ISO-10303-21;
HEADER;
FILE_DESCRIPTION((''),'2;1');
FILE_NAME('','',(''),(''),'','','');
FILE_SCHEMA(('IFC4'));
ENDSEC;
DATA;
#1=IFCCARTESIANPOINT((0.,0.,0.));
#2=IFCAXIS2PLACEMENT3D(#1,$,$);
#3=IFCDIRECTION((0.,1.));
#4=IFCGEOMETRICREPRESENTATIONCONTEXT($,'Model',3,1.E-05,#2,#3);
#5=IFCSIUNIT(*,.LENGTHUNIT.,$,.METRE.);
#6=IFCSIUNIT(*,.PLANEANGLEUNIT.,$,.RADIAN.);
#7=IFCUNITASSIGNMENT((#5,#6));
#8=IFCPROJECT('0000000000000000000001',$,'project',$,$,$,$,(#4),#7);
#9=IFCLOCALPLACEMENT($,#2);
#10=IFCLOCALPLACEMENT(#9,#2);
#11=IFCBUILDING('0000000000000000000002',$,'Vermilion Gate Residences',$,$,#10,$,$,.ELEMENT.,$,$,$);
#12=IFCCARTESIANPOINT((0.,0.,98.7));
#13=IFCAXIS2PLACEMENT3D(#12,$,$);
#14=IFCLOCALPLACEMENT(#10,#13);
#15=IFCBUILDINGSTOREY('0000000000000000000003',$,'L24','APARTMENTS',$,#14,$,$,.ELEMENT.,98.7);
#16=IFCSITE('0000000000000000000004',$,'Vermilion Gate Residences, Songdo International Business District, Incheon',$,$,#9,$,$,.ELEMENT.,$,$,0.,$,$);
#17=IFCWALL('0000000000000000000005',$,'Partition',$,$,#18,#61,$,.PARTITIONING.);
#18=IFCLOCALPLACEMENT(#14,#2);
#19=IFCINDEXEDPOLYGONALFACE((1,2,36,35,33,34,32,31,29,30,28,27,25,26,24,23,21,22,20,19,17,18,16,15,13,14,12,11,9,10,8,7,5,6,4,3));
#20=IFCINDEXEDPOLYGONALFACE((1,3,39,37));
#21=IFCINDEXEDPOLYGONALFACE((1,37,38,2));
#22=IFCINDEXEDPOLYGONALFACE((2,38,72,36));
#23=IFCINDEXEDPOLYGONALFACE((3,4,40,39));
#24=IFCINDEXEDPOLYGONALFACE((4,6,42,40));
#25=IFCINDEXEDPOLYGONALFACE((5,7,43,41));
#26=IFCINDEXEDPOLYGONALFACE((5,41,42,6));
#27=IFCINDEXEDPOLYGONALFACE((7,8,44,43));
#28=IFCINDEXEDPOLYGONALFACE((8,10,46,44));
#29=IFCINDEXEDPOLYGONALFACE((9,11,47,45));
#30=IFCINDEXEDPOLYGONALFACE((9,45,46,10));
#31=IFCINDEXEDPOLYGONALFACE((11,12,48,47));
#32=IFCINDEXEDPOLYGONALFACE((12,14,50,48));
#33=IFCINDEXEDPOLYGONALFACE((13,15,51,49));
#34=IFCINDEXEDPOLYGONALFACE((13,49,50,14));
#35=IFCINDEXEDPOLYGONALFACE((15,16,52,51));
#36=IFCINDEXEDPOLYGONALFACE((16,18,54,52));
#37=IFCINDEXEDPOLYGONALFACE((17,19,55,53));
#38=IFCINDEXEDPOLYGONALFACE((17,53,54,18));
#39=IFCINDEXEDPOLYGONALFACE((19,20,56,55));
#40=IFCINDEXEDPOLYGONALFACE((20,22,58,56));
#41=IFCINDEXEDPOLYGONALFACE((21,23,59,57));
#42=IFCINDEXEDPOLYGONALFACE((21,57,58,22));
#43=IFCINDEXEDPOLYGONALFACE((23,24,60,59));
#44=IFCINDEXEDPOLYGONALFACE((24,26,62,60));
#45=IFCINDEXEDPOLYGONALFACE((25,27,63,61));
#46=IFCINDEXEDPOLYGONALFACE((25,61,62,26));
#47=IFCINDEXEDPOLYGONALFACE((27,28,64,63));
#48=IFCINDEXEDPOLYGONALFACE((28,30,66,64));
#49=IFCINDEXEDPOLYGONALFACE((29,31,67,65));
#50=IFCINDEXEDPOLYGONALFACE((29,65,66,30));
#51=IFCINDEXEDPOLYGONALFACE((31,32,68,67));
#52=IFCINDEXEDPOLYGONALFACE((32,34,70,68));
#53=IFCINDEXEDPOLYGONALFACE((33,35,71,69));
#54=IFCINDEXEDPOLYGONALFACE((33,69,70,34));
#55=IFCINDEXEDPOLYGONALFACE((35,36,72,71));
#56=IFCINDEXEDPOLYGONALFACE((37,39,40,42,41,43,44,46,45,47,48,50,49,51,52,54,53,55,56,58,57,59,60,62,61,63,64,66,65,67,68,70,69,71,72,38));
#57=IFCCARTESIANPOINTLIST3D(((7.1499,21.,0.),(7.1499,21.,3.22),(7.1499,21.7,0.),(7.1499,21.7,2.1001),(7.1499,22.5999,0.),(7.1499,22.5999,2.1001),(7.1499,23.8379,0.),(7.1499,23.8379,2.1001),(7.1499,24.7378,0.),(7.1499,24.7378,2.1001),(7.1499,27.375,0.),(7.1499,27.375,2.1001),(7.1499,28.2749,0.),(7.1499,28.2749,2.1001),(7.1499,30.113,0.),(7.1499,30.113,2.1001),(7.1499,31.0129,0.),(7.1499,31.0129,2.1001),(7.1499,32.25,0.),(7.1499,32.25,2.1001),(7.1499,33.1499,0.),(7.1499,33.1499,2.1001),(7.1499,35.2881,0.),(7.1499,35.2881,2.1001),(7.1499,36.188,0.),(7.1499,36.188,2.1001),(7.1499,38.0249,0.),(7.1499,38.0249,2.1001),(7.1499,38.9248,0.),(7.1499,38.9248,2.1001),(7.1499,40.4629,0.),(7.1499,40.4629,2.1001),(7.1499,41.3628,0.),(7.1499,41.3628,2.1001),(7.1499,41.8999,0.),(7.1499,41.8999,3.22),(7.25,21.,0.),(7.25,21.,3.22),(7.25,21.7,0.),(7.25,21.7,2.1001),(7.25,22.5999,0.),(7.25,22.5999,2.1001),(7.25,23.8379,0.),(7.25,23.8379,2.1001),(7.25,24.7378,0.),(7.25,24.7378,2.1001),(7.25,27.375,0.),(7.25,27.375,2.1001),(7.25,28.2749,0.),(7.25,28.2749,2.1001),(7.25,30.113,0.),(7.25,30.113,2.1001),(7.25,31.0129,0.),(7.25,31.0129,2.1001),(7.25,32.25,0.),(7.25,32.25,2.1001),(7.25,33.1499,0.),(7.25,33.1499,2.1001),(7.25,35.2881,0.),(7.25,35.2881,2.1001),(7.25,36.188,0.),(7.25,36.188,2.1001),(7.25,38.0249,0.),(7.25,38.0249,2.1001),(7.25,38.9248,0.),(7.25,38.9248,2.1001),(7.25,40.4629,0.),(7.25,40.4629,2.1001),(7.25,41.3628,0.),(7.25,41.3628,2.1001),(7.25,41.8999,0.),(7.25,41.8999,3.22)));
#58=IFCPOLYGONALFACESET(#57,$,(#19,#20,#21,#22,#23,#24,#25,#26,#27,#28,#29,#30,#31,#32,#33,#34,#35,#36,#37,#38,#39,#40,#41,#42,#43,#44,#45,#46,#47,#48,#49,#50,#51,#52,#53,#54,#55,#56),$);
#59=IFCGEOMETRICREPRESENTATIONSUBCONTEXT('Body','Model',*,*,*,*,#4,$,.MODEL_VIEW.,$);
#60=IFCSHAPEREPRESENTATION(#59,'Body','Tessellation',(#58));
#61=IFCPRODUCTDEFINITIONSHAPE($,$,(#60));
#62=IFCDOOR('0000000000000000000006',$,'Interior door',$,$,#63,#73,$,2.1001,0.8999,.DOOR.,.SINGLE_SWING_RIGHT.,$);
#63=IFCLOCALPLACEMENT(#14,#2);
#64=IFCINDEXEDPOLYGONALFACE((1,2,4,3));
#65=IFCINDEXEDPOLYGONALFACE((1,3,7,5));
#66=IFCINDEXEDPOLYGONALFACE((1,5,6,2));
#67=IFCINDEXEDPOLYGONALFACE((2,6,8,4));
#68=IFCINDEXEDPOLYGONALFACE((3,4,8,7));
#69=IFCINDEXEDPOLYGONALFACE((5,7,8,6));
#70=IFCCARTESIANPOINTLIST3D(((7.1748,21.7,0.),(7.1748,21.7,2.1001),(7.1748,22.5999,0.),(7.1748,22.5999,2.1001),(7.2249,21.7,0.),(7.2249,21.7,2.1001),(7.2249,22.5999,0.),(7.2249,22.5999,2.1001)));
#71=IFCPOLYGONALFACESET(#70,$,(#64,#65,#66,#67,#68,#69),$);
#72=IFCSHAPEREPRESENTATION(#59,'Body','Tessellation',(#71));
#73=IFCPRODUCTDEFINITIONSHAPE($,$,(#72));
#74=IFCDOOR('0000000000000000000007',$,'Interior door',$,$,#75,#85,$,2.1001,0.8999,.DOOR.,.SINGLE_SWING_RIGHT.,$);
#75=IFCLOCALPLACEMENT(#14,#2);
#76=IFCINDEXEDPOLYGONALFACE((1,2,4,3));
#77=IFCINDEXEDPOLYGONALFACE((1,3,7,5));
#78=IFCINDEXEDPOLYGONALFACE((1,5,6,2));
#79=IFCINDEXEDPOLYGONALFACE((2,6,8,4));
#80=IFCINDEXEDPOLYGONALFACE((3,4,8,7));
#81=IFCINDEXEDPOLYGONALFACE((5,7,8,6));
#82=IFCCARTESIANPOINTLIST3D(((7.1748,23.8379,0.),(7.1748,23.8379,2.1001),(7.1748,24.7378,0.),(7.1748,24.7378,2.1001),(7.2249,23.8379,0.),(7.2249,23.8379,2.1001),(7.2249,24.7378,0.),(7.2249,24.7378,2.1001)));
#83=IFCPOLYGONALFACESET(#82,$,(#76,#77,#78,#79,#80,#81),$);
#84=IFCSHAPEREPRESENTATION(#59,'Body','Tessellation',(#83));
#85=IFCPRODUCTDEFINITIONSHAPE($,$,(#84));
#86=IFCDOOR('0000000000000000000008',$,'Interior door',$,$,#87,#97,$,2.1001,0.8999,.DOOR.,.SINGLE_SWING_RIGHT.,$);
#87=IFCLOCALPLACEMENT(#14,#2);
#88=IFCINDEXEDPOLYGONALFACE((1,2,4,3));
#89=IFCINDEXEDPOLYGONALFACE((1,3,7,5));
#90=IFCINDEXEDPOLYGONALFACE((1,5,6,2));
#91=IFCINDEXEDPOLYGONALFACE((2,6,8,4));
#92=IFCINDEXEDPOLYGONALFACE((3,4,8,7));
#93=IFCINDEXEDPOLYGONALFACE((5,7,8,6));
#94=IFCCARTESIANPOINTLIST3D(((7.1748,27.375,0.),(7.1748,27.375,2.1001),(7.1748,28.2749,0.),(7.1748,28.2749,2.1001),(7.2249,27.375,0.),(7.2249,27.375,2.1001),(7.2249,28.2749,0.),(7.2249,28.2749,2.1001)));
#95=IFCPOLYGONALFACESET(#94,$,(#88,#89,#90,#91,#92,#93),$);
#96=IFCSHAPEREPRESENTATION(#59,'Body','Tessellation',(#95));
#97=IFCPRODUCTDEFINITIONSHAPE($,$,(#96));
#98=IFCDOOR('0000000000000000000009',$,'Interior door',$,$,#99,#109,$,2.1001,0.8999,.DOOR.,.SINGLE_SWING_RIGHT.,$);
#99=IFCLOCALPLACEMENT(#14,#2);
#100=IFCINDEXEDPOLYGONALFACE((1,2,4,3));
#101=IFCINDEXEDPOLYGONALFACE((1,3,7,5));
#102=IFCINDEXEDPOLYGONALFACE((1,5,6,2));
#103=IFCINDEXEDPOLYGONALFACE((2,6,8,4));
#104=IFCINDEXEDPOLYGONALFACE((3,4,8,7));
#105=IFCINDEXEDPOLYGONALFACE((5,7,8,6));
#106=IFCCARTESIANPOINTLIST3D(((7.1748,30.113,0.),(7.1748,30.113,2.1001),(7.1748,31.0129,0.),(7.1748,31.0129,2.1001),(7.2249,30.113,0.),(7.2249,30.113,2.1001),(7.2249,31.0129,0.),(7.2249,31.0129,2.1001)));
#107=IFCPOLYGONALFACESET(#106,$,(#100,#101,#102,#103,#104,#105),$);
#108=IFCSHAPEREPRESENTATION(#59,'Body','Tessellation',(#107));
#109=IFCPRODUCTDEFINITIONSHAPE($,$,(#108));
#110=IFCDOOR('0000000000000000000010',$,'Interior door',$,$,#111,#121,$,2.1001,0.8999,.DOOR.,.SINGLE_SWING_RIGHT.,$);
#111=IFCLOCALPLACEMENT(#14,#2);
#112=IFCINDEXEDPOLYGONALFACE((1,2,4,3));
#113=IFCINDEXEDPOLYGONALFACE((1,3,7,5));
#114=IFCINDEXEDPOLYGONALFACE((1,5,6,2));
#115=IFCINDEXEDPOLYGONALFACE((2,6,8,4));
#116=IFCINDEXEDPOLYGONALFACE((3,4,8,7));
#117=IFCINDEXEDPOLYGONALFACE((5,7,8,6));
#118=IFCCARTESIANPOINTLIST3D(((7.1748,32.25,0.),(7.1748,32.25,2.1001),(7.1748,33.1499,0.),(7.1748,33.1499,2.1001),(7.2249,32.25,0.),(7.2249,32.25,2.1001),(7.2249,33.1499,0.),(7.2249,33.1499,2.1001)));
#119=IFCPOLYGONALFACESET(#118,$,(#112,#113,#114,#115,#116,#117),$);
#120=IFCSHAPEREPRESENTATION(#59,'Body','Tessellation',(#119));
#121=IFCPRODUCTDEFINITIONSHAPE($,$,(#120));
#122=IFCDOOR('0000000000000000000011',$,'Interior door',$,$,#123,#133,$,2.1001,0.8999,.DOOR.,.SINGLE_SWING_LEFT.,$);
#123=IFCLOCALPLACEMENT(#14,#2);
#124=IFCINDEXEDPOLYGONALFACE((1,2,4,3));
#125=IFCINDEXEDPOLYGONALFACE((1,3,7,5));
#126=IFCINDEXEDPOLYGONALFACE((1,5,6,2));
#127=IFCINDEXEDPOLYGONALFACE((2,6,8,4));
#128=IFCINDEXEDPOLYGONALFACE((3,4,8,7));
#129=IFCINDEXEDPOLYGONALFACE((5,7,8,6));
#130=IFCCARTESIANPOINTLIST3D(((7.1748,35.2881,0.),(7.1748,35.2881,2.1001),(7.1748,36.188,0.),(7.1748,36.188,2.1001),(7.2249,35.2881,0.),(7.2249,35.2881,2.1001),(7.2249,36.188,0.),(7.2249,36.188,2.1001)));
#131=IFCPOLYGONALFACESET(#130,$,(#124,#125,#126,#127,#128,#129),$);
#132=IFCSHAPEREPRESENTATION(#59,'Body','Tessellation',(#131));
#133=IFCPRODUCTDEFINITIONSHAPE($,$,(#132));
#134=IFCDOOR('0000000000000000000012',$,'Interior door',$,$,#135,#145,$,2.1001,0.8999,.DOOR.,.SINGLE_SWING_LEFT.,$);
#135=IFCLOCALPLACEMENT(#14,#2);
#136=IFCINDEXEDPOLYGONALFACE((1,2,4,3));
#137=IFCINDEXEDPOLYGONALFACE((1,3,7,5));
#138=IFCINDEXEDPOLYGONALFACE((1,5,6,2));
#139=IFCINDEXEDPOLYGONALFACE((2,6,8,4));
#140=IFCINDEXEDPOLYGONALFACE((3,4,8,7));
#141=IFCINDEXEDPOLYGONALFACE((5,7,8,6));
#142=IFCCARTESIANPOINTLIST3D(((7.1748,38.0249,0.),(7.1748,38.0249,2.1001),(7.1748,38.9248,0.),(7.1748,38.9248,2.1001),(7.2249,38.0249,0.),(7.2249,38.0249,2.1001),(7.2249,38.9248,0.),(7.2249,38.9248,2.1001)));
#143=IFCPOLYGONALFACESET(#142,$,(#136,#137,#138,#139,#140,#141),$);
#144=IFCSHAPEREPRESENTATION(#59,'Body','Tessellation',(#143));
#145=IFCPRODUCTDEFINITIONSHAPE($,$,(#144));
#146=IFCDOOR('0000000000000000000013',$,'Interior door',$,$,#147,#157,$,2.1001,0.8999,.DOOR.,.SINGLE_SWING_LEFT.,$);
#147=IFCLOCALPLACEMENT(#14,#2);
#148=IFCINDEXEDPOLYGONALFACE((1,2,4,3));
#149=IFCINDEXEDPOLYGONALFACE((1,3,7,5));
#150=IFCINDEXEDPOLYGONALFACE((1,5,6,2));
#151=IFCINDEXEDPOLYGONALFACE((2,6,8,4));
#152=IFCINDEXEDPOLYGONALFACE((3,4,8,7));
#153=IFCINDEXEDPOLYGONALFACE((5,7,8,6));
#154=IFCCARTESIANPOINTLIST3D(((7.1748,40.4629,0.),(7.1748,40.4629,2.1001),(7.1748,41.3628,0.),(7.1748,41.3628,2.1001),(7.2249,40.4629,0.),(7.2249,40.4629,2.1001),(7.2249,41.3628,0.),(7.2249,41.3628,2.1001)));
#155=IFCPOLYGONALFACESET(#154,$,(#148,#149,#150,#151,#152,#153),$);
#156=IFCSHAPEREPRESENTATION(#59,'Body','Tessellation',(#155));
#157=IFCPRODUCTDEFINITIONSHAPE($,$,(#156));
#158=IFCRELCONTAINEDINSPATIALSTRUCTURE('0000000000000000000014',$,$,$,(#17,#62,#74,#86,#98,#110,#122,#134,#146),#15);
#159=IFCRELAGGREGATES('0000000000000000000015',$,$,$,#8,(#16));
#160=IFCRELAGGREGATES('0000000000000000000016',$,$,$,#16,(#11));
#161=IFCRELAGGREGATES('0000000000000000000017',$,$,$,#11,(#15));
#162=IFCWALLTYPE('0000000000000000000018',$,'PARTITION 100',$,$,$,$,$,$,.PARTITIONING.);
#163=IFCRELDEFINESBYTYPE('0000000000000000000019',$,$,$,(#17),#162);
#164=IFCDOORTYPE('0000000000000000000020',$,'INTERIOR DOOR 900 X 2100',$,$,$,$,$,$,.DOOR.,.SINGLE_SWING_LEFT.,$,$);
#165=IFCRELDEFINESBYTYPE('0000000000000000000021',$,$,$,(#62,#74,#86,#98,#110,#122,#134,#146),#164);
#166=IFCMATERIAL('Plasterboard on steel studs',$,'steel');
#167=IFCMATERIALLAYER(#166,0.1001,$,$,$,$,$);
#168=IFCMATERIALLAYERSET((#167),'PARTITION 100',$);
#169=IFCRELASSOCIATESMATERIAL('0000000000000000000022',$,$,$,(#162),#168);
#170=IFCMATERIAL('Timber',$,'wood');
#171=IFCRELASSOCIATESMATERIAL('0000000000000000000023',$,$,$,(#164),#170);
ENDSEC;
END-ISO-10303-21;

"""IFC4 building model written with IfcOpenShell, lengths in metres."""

from ifc_helpers import new_model, si_unit, direction, frame, frame_2d, origin, place, context, subcontext, project, spatial, rectangle, extrude, material, layer, layer_set, type_object, element, fill, save


model = new_model("IFC4")

# Units and contexts
model_context = context("Model", 3, precision=1e-05, world=origin(), true_north=direction((0.0, 1.0)))
body_context = subcontext(model_context, "Body", "Model", "MODEL_VIEW")
ifc_project = project(units=[si_unit("LENGTHUNIT", "METRE"), si_unit("PLANEANGLEUNIT", "RADIAN")], contexts=[model_context])

# Site, building, storey
site_placement = place(None, origin())
site = spatial("IfcSite", under=ifc_project, at=site_placement, Name="Vermilion Gate Residences, Songdo International Business District, Incheon", CompositionType="ELEMENT", RefElevation=0.0)
building_placement = place(site_placement, origin())
building = spatial("IfcBuilding", under=site, at=building_placement, Name="Vermilion Gate Residences", CompositionType="ELEMENT")
storey_placement = place(building_placement, frame((0.0, 0.0, 98.7)))
storey = spatial("IfcBuildingStorey", under=building, at=storey_placement, Name="L24", Description="APARTMENTS", CompositionType="ELEMENT", Elevation=98.7)

# Shared definitions
ifc_material_1 = material(Name="Plasterboard on steel studs", Category="steel")
ifc_layer = layer(ifc_material_1, 0.1001)
ifc_layer_set = layer_set([ifc_layer], Name="PARTITION 100")
wall_type = type_object("IfcWallType", Name="PARTITION 100", PredefinedType="PARTITIONING", material=ifc_layer_set)

# Wall, openings, doors
ifc_material_2 = material(Name="Timber", Category="wood")
door_type = type_object("IfcDoorType", Name="INTERIOR DOOR 900 X 2100", OperationType="SINGLE_SWING_LEFT", PredefinedType="DOOR", material=ifc_material_2)
wall_1_placement = place(storey_placement, frame((7.2, 21.0, 0.0), z_axis=(0.0, 0.0, 1.0), x_axis=(0.0, 1.0, 0.0)))
wall_1 = element("IfcWall", 1, at=wall_1_placement, inside=storey, type_object=wall_type, Name="Partition", PredefinedType="PARTITIONING", context=body_context, shape_type="SweptSolid", body=[
    extrude(rectangle(XDim=20.8999, YDim=0.1001, at=frame_2d((10.45, 0.0))), origin(), (0.0, 0.0, 1.0), 3.22),
])
opening_1_placement = place(wall_1_placement, frame((0.7, 0.0, 0.0)))
opening_1 = element("IfcOpeningElement", 2, at=opening_1_placement, cuts=wall_1, PredefinedType="OPENING", context=body_context, shape_type="SweptSolid", body=[
    extrude(rectangle(XDim=0.8999, YDim=2.1001, at=frame_2d((0.45, 1.05))), frame((0.0, 0.0601, 0.0), z_axis=(0.0, -1.0, 0.0), x_axis=(1.0, 0.0, 0.0)), (0.0, 0.0, 1.0), 0.1201),
])
opening_2_placement = place(wall_1_placement, frame((2.8379, 0.0, 0.0)))
opening_2 = element("IfcOpeningElement", 3, at=opening_2_placement, cuts=wall_1, PredefinedType="OPENING", context=body_context, shape_type="SweptSolid", body=[
    extrude(rectangle(XDim=0.8999, YDim=2.1001, at=frame_2d((0.45, 1.05))), frame((0.0, 0.0601, 0.0), z_axis=(0.0, -1.0, 0.0), x_axis=(1.0, 0.0, 0.0)), (0.0, 0.0, 1.0), 0.1201),
])
opening_3_placement = place(wall_1_placement, frame((6.375, 0.0, 0.0)))
opening_3 = element("IfcOpeningElement", 4, at=opening_3_placement, cuts=wall_1, PredefinedType="OPENING", context=body_context, shape_type="SweptSolid", body=[
    extrude(rectangle(XDim=0.8999, YDim=2.1001, at=frame_2d((0.45, 1.05))), frame((0.0, 0.0601, 0.0), z_axis=(0.0, -1.0, 0.0), x_axis=(1.0, 0.0, 0.0)), (0.0, 0.0, 1.0), 0.1201),
])
opening_4_placement = place(wall_1_placement, frame((9.113, 0.0, 0.0)))
opening_4 = element("IfcOpeningElement", 5, at=opening_4_placement, cuts=wall_1, PredefinedType="OPENING", context=body_context, shape_type="SweptSolid", body=[
    extrude(rectangle(XDim=0.8999, YDim=2.1001, at=frame_2d((0.45, 1.05))), frame((0.0, 0.0601, 0.0), z_axis=(0.0, -1.0, 0.0), x_axis=(1.0, 0.0, 0.0)), (0.0, 0.0, 1.0), 0.1201),
])
opening_5_placement = place(wall_1_placement, frame((11.25, 0.0, 0.0)))
opening_5 = element("IfcOpeningElement", 6, at=opening_5_placement, cuts=wall_1, PredefinedType="OPENING", context=body_context, shape_type="SweptSolid", body=[
    extrude(rectangle(XDim=0.8999, YDim=2.1001, at=frame_2d((0.45, 1.05))), frame((0.0, 0.0601, 0.0), z_axis=(0.0, -1.0, 0.0), x_axis=(1.0, 0.0, 0.0)), (0.0, 0.0, 1.0), 0.1201),
])
opening_6_placement = place(wall_1_placement, frame((14.2881, 0.0, 0.0)))
opening_6 = element("IfcOpeningElement", 7, at=opening_6_placement, cuts=wall_1, PredefinedType="OPENING", context=body_context, shape_type="SweptSolid", body=[
    extrude(rectangle(XDim=0.8999, YDim=2.1001, at=frame_2d((0.45, 1.05))), frame((0.0, 0.0601, 0.0), z_axis=(0.0, -1.0, 0.0), x_axis=(1.0, 0.0, 0.0)), (0.0, 0.0, 1.0), 0.1201),
])
opening_7_placement = place(wall_1_placement, frame((17.0249, 0.0, 0.0)))
opening_7 = element("IfcOpeningElement", 8, at=opening_7_placement, cuts=wall_1, PredefinedType="OPENING", context=body_context, shape_type="SweptSolid", body=[
    extrude(rectangle(XDim=0.8999, YDim=2.1001, at=frame_2d((0.45, 1.05))), frame((0.0, 0.0601, 0.0), z_axis=(0.0, -1.0, 0.0), x_axis=(1.0, 0.0, 0.0)), (0.0, 0.0, 1.0), 0.1201),
])
opening_8_placement = place(wall_1_placement, frame((19.4629, 0.0, 0.0)))
opening_8 = element("IfcOpeningElement", 9, at=opening_8_placement, cuts=wall_1, PredefinedType="OPENING", context=body_context, shape_type="SweptSolid", body=[
    extrude(rectangle(XDim=0.8999, YDim=2.1001, at=frame_2d((0.45, 1.05))), frame((0.0, 0.0601, 0.0), z_axis=(0.0, -1.0, 0.0), x_axis=(1.0, 0.0, 0.0)), (0.0, 0.0, 1.0), 0.1201),
])
door_1_placement = place(opening_1_placement, frame((0.8999, 0.0, 0.0), z_axis=(0.0, 0.0, 1.0), x_axis=(-1.0, 0.0, 0.0)))
door_1 = element("IfcDoor", 10, at=door_1_placement, inside=storey, type_object=door_type, Name="Interior door", OperationType="SINGLE_SWING_RIGHT", OverallHeight=2.1001, OverallWidth=0.8999, PredefinedType="DOOR", context=body_context, shape_type="SweptSolid", body=[
    extrude(rectangle(XDim=0.8999, YDim=2.1001, at=frame_2d((0.45, 1.05))), frame((0.0, 0.0249, 0.0), z_axis=(0.0, -1.0, 0.0), x_axis=(1.0, 0.0, 0.0)), (0.0, 0.0, 1.0), 0.05),
])
fill(opening_1, door_1)
door_2_placement = place(opening_2_placement, frame((0.8999, 0.0, 0.0), z_axis=(0.0, 0.0, 1.0), x_axis=(-1.0, 0.0, 0.0)))
door_2 = element("IfcDoor", 11, at=door_2_placement, inside=storey, type_object=door_type, Name="Interior door", OperationType="SINGLE_SWING_RIGHT", OverallHeight=2.1001, OverallWidth=0.8999, PredefinedType="DOOR", context=body_context, shape_type="SweptSolid", body=[
    extrude(rectangle(XDim=0.8999, YDim=2.1001, at=frame_2d((0.45, 1.05))), frame((0.0, 0.0249, 0.0), z_axis=(0.0, -1.0, 0.0), x_axis=(1.0, 0.0, 0.0)), (0.0, 0.0, 1.0), 0.05),
])
fill(opening_2, door_2)
door_3_placement = place(opening_3_placement, frame((0.8999, 0.0, 0.0), z_axis=(0.0, 0.0, 1.0), x_axis=(-1.0, 0.0, 0.0)))
door_3 = element("IfcDoor", 12, at=door_3_placement, inside=storey, type_object=door_type, Name="Interior door", OperationType="SINGLE_SWING_RIGHT", OverallHeight=2.1001, OverallWidth=0.8999, PredefinedType="DOOR", context=body_context, shape_type="SweptSolid", body=[
    extrude(rectangle(XDim=0.8999, YDim=2.1001, at=frame_2d((0.45, 1.05))), frame((0.0, 0.0249, 0.0), z_axis=(0.0, -1.0, 0.0), x_axis=(1.0, 0.0, 0.0)), (0.0, 0.0, 1.0), 0.05),
])
fill(opening_3, door_3)
door_4_placement = place(opening_4_placement, frame((0.8999, 0.0, 0.0), z_axis=(0.0, 0.0, 1.0), x_axis=(-1.0, 0.0, 0.0)))
door_4 = element("IfcDoor", 13, at=door_4_placement, inside=storey, type_object=door_type, Name="Interior door", OperationType="SINGLE_SWING_RIGHT", OverallHeight=2.1001, OverallWidth=0.8999, PredefinedType="DOOR", context=body_context, shape_type="SweptSolid", body=[
    extrude(rectangle(XDim=0.8999, YDim=2.1001, at=frame_2d((0.45, 1.05))), frame((0.0, 0.0249, 0.0), z_axis=(0.0, -1.0, 0.0), x_axis=(1.0, 0.0, 0.0)), (0.0, 0.0, 1.0), 0.05),
])
fill(opening_4, door_4)
door_5_placement = place(opening_5_placement, frame((0.8999, 0.0, 0.0), z_axis=(0.0, 0.0, 1.0), x_axis=(-1.0, 0.0, 0.0)))
door_5 = element("IfcDoor", 14, at=door_5_placement, inside=storey, type_object=door_type, Name="Interior door", OperationType="SINGLE_SWING_RIGHT", OverallHeight=2.1001, OverallWidth=0.8999, PredefinedType="DOOR", context=body_context, shape_type="SweptSolid", body=[
    extrude(rectangle(XDim=0.8999, YDim=2.1001, at=frame_2d((0.45, 1.05))), frame((0.0, 0.0249, 0.0), z_axis=(0.0, -1.0, 0.0), x_axis=(1.0, 0.0, 0.0)), (0.0, 0.0, 1.0), 0.05),
])
fill(opening_5, door_5)
door_6_placement = place(opening_6_placement, frame((0.8999, 0.0, 0.0), z_axis=(0.0, 0.0, 1.0), x_axis=(-1.0, 0.0, 0.0)))
door_6 = element("IfcDoor", 15, at=door_6_placement, inside=storey, type_object=door_type, Name="Interior door", OperationType="SINGLE_SWING_LEFT", OverallHeight=2.1001, OverallWidth=0.8999, PredefinedType="DOOR", context=body_context, shape_type="SweptSolid", body=[
    extrude(rectangle(XDim=0.8999, YDim=2.1001, at=frame_2d((0.45, 1.05))), frame((0.0, 0.0249, 0.0), z_axis=(0.0, -1.0, 0.0), x_axis=(1.0, 0.0, 0.0)), (0.0, 0.0, 1.0), 0.05),
])
fill(opening_6, door_6)
door_7_placement = place(opening_7_placement, frame((0.8999, 0.0, 0.0), z_axis=(0.0, 0.0, 1.0), x_axis=(-1.0, 0.0, 0.0)))
door_7 = element("IfcDoor", 16, at=door_7_placement, inside=storey, type_object=door_type, Name="Interior door", OperationType="SINGLE_SWING_LEFT", OverallHeight=2.1001, OverallWidth=0.8999, PredefinedType="DOOR", context=body_context, shape_type="SweptSolid", body=[
    extrude(rectangle(XDim=0.8999, YDim=2.1001, at=frame_2d((0.45, 1.05))), frame((0.0, 0.0249, 0.0), z_axis=(0.0, -1.0, 0.0), x_axis=(1.0, 0.0, 0.0)), (0.0, 0.0, 1.0), 0.05),
])
fill(opening_7, door_7)
door_8_placement = place(opening_8_placement, frame((0.8999, 0.0, 0.0), z_axis=(0.0, 0.0, 1.0), x_axis=(-1.0, 0.0, 0.0)))
door_8 = element("IfcDoor", 17, at=door_8_placement, inside=storey, type_object=door_type, Name="Interior door", OperationType="SINGLE_SWING_LEFT", OverallHeight=2.1001, OverallWidth=0.8999, PredefinedType="DOOR", context=body_context, shape_type="SweptSolid", body=[
    extrude(rectangle(XDim=0.8999, YDim=2.1001, at=frame_2d((0.45, 1.05))), frame((0.0, 0.0249, 0.0), z_axis=(0.0, -1.0, 0.0), x_axis=(1.0, 0.0, 0.0)), (0.0, 0.0, 1.0), 0.05),
])
fill(opening_8, door_8)

save(model, "model.ifc")
